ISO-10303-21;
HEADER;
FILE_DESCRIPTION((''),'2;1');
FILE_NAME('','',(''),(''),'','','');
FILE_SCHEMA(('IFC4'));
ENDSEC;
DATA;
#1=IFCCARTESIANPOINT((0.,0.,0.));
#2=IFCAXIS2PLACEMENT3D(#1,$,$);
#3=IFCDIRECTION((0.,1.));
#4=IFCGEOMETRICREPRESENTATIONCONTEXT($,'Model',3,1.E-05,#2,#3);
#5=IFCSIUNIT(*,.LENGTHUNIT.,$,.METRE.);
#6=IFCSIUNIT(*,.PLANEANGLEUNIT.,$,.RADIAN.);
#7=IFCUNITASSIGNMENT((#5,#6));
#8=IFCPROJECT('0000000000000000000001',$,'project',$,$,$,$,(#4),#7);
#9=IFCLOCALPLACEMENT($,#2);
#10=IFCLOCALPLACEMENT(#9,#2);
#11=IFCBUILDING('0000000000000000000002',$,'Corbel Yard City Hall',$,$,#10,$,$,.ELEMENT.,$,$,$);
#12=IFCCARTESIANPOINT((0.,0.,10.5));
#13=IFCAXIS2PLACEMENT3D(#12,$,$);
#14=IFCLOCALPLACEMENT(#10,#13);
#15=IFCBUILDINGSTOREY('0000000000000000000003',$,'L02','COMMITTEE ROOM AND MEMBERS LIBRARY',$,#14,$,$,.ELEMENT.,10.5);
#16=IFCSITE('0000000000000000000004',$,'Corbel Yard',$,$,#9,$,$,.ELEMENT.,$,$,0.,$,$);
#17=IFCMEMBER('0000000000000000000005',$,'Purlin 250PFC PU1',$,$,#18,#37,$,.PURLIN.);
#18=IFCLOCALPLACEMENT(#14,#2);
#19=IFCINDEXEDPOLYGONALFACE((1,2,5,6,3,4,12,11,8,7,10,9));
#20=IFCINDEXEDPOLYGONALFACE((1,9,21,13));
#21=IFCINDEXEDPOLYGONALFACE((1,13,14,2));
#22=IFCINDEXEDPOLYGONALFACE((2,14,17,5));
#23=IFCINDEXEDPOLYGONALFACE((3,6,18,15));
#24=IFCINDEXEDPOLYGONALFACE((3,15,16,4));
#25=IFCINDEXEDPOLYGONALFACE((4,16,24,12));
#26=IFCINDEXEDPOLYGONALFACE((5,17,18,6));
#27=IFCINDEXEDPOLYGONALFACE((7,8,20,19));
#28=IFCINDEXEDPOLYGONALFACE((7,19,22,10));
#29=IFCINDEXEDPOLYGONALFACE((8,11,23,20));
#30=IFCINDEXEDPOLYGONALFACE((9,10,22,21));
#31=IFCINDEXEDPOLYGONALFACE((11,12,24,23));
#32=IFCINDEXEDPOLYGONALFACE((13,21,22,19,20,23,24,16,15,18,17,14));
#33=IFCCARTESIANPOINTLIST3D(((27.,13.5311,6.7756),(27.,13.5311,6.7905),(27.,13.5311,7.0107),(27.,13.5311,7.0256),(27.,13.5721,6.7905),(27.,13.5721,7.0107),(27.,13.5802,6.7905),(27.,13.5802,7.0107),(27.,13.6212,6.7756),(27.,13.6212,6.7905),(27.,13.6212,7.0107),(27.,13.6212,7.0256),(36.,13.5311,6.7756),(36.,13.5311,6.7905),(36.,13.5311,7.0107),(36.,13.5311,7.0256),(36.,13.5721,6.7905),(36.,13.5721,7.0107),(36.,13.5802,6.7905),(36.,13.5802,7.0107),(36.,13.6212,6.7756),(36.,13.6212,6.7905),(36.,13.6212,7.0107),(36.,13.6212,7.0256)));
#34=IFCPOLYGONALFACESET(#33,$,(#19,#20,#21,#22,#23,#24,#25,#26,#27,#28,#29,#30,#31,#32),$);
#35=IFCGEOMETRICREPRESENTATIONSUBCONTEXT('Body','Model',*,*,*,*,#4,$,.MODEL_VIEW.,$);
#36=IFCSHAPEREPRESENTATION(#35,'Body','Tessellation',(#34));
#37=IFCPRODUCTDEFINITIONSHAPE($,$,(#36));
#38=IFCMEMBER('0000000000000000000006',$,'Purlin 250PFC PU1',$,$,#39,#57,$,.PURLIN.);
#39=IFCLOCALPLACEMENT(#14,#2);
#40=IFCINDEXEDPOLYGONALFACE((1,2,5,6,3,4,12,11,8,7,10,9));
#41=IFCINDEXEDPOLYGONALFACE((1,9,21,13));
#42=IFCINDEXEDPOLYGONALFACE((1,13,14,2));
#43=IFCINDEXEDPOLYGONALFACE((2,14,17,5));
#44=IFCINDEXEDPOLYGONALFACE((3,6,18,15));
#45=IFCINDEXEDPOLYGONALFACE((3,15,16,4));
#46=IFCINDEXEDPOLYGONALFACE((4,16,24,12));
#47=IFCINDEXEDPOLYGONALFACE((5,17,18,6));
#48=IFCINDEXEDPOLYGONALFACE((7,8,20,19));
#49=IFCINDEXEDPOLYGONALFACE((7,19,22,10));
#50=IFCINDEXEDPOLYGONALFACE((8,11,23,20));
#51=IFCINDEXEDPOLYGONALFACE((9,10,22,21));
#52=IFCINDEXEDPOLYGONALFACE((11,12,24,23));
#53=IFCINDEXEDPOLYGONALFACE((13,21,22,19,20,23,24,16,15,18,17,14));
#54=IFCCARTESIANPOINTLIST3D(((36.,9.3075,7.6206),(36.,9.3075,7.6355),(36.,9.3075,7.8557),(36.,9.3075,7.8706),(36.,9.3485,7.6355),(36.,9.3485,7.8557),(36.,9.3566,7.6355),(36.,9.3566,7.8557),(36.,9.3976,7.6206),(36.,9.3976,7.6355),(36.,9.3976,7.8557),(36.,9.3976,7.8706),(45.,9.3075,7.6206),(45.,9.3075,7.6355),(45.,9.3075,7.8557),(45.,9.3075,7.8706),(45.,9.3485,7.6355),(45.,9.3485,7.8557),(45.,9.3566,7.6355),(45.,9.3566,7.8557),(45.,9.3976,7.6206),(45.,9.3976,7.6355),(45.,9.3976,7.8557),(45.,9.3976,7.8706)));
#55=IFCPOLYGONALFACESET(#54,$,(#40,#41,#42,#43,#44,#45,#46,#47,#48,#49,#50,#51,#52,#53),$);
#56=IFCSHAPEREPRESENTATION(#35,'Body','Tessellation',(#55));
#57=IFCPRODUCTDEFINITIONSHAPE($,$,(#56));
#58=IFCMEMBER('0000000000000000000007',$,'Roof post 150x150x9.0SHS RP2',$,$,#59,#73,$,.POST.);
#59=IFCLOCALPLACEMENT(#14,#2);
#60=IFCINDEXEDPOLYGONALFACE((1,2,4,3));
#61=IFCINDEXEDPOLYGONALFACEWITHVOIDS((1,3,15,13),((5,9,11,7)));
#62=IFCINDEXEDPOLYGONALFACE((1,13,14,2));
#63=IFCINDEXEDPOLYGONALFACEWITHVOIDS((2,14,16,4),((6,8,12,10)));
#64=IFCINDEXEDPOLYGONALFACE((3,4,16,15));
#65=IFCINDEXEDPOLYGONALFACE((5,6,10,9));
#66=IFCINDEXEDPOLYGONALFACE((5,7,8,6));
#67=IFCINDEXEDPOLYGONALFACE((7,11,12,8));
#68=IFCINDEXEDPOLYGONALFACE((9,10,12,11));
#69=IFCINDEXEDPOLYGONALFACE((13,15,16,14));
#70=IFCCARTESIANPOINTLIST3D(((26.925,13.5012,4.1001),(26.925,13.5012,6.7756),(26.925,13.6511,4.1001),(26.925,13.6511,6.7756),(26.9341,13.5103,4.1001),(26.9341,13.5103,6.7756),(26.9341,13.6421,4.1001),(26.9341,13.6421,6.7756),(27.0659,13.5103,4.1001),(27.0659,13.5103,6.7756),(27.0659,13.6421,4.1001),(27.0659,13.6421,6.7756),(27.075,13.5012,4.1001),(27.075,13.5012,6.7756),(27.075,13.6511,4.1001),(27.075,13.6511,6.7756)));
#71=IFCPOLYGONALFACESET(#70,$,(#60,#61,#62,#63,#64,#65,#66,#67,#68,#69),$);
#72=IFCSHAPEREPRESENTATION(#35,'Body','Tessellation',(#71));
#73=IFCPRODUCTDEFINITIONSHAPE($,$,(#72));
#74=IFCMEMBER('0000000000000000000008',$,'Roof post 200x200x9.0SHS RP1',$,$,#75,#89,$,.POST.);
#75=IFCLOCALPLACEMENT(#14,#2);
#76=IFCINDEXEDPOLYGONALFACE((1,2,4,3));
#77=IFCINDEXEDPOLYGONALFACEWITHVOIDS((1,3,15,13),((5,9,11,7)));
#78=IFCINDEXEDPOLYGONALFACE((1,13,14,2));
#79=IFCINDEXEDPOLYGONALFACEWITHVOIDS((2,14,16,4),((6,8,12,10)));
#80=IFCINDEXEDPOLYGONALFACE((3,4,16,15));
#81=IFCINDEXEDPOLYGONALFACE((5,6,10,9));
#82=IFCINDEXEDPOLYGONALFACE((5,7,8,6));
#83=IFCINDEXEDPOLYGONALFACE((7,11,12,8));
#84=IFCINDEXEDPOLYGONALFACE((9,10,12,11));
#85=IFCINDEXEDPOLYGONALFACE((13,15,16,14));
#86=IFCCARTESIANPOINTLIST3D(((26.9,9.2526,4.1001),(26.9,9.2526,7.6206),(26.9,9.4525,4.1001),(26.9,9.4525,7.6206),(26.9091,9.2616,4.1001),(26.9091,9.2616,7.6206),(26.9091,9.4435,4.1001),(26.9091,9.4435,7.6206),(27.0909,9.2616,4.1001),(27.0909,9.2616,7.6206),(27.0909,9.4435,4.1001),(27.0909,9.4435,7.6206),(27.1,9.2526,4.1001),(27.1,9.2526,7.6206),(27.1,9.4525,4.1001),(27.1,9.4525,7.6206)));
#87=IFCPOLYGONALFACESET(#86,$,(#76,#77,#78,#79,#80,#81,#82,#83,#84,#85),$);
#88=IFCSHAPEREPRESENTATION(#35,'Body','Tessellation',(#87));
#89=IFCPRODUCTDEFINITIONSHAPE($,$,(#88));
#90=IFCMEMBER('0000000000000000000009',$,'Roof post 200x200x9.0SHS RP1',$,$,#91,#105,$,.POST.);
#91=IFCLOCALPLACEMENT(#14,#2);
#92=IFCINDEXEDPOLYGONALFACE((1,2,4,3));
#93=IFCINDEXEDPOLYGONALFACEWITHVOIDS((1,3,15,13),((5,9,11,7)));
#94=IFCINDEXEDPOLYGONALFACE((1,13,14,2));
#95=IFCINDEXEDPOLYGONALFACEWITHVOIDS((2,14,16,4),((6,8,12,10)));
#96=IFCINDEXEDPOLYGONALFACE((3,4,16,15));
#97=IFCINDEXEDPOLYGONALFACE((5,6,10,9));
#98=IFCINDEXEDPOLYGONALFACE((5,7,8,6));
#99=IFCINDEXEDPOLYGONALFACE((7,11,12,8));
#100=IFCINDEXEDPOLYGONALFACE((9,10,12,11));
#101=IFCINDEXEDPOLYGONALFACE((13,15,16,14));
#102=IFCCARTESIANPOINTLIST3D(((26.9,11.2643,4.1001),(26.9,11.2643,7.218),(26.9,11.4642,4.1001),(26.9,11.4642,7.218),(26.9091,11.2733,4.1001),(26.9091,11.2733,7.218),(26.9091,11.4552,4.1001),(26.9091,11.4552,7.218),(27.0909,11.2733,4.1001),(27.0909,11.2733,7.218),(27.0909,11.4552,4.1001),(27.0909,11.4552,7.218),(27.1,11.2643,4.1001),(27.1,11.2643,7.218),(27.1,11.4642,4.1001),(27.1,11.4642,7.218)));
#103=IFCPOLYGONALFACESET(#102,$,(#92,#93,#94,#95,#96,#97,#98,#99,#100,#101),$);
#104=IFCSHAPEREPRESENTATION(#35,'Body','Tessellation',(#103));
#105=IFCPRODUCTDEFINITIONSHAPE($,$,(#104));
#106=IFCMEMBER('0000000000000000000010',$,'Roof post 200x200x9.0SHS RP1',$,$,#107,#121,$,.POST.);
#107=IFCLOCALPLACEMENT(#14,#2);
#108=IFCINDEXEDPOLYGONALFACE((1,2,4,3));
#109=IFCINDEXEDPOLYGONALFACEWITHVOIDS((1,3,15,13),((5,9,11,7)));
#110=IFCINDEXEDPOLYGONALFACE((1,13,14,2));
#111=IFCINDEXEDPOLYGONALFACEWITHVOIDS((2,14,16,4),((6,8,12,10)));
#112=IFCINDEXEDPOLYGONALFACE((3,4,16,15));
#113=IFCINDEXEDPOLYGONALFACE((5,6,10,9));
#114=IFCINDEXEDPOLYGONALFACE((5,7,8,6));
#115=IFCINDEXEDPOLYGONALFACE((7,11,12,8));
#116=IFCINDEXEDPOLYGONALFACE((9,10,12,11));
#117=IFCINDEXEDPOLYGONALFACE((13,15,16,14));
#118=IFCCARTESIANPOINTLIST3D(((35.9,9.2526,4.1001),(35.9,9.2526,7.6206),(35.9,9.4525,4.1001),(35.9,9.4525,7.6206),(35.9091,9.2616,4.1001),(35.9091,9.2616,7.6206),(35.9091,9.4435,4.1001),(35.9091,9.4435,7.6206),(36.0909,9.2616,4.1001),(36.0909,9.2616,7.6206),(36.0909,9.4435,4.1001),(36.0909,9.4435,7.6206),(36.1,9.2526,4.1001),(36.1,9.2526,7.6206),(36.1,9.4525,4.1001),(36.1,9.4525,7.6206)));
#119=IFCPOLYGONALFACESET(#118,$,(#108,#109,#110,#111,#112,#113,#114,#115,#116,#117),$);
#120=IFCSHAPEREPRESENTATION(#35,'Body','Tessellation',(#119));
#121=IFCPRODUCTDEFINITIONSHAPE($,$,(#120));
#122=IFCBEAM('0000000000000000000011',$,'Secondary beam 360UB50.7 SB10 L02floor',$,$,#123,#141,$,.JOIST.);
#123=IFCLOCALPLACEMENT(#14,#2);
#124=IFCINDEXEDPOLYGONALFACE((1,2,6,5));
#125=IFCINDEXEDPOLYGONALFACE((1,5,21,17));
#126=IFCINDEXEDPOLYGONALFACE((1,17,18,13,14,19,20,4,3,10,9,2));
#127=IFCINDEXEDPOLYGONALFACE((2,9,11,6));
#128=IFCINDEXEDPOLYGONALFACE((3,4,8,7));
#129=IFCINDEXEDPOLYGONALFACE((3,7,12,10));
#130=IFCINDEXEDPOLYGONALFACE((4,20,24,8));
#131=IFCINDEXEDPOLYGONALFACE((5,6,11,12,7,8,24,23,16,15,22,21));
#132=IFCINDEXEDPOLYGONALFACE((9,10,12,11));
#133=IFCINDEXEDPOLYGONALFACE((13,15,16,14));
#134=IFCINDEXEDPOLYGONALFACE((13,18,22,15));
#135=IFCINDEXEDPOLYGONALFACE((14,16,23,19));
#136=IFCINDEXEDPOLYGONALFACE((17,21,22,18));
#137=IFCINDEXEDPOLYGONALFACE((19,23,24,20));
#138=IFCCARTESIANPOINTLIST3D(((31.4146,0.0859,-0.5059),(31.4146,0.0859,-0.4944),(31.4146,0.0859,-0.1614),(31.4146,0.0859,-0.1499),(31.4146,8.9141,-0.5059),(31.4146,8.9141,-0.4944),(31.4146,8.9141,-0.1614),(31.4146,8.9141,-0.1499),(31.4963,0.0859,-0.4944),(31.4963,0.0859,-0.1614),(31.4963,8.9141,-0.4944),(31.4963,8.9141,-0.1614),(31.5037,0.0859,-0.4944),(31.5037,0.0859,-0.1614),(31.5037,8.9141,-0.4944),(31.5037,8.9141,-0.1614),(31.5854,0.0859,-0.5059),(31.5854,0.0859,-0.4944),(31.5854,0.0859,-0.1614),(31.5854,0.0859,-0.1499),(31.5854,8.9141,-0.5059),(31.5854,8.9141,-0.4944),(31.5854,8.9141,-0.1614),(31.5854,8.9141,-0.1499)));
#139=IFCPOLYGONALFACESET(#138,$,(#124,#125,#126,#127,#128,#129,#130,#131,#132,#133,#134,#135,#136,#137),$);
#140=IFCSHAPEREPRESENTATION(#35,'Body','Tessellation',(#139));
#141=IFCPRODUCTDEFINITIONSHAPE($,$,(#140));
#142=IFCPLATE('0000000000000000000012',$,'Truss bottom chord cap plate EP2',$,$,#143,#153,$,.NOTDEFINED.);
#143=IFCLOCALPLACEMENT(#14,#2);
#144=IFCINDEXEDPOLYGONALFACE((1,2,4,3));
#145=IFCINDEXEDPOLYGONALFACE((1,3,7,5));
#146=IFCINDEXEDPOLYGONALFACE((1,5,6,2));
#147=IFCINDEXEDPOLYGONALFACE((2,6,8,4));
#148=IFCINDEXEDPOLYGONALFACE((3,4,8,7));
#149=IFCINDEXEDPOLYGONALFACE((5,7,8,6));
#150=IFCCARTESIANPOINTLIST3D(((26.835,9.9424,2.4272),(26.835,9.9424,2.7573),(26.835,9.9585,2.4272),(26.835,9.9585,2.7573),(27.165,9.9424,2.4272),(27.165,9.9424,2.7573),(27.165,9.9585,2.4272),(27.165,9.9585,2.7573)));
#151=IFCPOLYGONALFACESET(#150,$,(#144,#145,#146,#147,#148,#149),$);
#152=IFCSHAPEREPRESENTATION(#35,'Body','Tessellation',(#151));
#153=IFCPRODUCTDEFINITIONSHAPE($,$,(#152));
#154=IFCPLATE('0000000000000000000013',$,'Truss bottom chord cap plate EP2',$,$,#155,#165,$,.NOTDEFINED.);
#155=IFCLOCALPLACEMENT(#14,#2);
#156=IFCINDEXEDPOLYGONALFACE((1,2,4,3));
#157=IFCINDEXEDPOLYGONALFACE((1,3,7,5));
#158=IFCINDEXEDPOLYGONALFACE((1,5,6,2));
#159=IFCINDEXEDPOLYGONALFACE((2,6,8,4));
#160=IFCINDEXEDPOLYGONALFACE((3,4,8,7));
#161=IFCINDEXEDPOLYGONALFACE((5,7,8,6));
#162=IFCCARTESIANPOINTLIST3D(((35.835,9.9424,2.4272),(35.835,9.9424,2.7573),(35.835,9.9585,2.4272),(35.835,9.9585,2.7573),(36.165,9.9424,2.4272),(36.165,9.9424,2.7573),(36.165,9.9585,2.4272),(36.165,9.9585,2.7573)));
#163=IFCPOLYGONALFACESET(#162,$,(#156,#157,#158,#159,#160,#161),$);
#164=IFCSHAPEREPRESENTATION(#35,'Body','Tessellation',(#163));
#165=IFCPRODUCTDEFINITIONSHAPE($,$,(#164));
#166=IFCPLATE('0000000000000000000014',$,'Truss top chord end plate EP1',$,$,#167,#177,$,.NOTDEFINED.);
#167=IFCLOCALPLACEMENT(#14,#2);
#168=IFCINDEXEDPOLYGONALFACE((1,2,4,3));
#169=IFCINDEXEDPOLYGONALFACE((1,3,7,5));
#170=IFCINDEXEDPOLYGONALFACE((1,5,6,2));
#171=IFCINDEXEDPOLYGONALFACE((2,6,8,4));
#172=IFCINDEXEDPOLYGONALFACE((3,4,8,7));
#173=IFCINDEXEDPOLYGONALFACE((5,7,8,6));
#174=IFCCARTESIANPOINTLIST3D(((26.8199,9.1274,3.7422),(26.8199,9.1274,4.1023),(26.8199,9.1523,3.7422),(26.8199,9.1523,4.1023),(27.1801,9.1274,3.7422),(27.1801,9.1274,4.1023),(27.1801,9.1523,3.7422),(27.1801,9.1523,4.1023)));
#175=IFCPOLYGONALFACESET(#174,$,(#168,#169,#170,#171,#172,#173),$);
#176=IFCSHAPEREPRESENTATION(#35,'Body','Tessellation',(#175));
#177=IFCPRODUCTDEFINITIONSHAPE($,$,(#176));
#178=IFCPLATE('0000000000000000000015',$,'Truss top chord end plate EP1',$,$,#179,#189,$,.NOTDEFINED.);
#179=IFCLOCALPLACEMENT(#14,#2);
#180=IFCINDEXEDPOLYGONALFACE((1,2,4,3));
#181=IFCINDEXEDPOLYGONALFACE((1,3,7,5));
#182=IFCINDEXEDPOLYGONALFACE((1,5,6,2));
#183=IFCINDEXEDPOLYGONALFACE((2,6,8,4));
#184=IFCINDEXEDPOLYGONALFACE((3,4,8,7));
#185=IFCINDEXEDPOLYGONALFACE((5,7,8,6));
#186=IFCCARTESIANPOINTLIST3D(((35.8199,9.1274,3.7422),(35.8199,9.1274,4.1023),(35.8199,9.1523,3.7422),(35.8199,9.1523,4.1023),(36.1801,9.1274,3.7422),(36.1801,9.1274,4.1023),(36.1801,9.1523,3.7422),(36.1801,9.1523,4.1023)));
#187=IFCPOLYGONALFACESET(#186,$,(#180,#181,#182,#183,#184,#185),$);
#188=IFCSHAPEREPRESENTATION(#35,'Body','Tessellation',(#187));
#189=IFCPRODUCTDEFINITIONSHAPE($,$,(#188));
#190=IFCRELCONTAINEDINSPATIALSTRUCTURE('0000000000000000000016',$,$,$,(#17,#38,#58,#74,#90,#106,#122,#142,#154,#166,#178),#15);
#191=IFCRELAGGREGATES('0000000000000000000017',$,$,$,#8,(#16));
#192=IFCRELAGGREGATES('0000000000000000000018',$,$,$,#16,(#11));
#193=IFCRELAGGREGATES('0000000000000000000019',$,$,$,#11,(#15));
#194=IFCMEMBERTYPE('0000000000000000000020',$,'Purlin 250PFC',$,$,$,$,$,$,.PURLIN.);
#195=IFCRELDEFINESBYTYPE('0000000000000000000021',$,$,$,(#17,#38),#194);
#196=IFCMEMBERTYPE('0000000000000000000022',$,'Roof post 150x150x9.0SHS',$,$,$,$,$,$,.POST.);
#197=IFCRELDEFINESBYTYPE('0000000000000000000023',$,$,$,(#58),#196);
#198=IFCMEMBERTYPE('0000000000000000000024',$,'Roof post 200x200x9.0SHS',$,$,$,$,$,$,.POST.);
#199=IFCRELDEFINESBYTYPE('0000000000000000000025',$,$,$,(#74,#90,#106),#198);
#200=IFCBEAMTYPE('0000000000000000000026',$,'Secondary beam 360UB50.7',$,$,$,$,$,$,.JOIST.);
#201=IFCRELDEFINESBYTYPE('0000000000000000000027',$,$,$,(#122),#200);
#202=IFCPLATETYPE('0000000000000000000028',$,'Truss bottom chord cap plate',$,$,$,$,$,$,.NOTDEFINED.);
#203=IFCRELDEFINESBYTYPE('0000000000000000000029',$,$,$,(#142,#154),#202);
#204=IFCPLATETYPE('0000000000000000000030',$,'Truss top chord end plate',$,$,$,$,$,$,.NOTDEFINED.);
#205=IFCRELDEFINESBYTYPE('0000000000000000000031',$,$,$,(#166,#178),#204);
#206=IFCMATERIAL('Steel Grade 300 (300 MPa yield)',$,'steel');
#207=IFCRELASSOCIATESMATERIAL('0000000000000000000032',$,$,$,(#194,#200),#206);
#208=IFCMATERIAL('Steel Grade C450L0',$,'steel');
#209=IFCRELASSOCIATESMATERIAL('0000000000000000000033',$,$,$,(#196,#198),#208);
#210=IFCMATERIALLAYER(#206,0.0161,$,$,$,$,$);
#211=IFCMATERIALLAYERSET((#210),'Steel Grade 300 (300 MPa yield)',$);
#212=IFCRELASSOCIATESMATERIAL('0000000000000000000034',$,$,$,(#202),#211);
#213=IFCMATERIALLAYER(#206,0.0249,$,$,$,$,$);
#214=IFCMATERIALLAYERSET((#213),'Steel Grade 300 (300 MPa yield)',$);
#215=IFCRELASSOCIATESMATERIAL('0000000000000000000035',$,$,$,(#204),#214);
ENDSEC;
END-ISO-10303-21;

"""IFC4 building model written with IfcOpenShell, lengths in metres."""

from ifc_helpers import new_model, si_unit, direction, frame, origin, origin_2d, place, context, subcontext, project, spatial, rectangle, hollow_rectangle, i_section, extrude, material, layer, layer_set, material_profile, profile_set, type_object, element, save


model = new_model("IFC4")

# Units and contexts
model_context = context("Model", 3, precision=1e-05, world=origin(), true_north=direction((0.0, 1.0)))
body_context = subcontext(model_context, "Body", "Model", "MODEL_VIEW")
ifc_project = project(units=[si_unit("LENGTHUNIT", "METRE"), si_unit("PLANEANGLEUNIT", "RADIAN")], contexts=[model_context])

# Site, building, storey
site_placement = place(None, origin())
site = spatial("IfcSite", under=ifc_project, at=site_placement, Name="Corbel Yard", CompositionType="ELEMENT", RefElevation=0.0)
building_placement = place(site_placement, origin())
building = spatial("IfcBuilding", under=site, at=building_placement, Name="Corbel Yard City Hall", CompositionType="ELEMENT")
storey_placement = place(building_placement, frame((0.0, 0.0, 10.5)))
storey = spatial("IfcBuildingStorey", under=building, at=storey_placement, Name="L02", Description="COMMITTEE ROOM AND MEMBERS LIBRARY", CompositionType="ELEMENT", Elevation=10.5)

# Shared definitions
ifc_material_1 = material(Name="Steel Grade 300 (300 MPa yield)", Category="steel")

# Members
ifc_material_profile_1 = material_profile(ifc_material_1, i_section(OverallWidth=0.0901, OverallDepth=0.25, WebThickness=0.0081, FlangeThickness=0.0149, at=origin_2d()), Name="250PFC")
ifc_profile_set_1 = profile_set([ifc_material_profile_1], Name="Steel Grade 300 (300 MPa yield)")
member_type_1 = type_object("IfcMemberType", Name="Purlin 250PFC", PredefinedType="PURLIN", material=ifc_profile_set_1)
for number, where, z_axis, x_axis, name in (
    (1, (27.0, 13.5762, 6.9006), (1.0, 0.0, 0.0), (0.0, 1.0, 0.0), "Purlin 250PFC PU1"),
    (2, (36.0, 9.3525, 7.7456), (1.0, 0.0, 0.0), (0.0, 1.0, 0.0), "Purlin 250PFC PU1"),
):
    element("IfcMember", number, at=place(storey_placement, frame(where, z_axis=z_axis, x_axis=x_axis)), inside=storey, type_object=member_type_1, Name=name, PredefinedType="PURLIN", context=body_context, shape_type="SweptSolid", body=[
        extrude(i_section(OverallWidth=0.0901, OverallDepth=0.25, WebThickness=0.0081, FlangeThickness=0.0149, at=origin_2d()), origin(), (0.0, 0.0, 1.0), 9.0),
    ])
ifc_material_2 = material(Name="Steel Grade C450L0", Category="steel")
ifc_material_profile_2 = material_profile(ifc_material_2, hollow_rectangle(XDim=0.1499, YDim=0.1499, WallThickness=0.009, at=origin_2d()), Name="150x150x9.0SHS")
ifc_profile_set_2 = profile_set([ifc_material_profile_2], Name="Steel Grade C450L0")
member_type_2 = type_object("IfcMemberType", Name="Roof post 150x150x9.0SHS", PredefinedType="POST", material=ifc_profile_set_2)
member_1_placement = place(storey_placement, frame((27.0, 13.5762, 4.1001), z_axis=(0.0, 0.0, 1.0), x_axis=(1.0, 0.0, 0.0)))
element("IfcMember", 3, at=member_1_placement, inside=storey, type_object=member_type_2, Name="Roof post 150x150x9.0SHS RP2", PredefinedType="POST", context=body_context, shape_type="SweptSolid", body=[
    extrude(hollow_rectangle(XDim=0.1499, YDim=0.1499, WallThickness=0.009, at=origin_2d()), origin(), (0.0, 0.0, 1.0), 2.6755),
])
ifc_material_profile_3 = material_profile(ifc_material_2, hollow_rectangle(XDim=0.2, YDim=0.2, WallThickness=0.009, at=origin_2d()), Name="200x200x9.0SHS")
ifc_profile_set_3 = profile_set([ifc_material_profile_3], Name="Steel Grade C450L0")
member_type_3 = type_object("IfcMemberType", Name="Roof post 200x200x9.0SHS", PredefinedType="POST", material=ifc_profile_set_3)
member_2_placement = place(storey_placement, frame((27.0, 9.3525, 4.1001), z_axis=(0.0, 0.0, 1.0), x_axis=(1.0, 0.0, 0.0)))
element("IfcMember", 4, at=member_2_placement, inside=storey, type_object=member_type_3, Name="Roof post 200x200x9.0SHS RP1", PredefinedType="POST", context=body_context, shape_type="SweptSolid", body=[
    extrude(hollow_rectangle(XDim=0.2, YDim=0.2, WallThickness=0.009, at=origin_2d()), origin(), (0.0, 0.0, 1.0), 3.5205),
])
member_3_placement = place(storey_placement, frame((27.0, 11.3643, 4.1001), z_axis=(0.0, 0.0, 1.0), x_axis=(1.0, 0.0, 0.0)))
element("IfcMember", 5, at=member_3_placement, inside=storey, type_object=member_type_3, Name="Roof post 200x200x9.0SHS RP1", PredefinedType="POST", context=body_context, shape_type="SweptSolid", body=[
    extrude(hollow_rectangle(XDim=0.2, YDim=0.2, WallThickness=0.009, at=origin_2d()), origin(), (0.0, 0.0, 1.0), 3.1179),
])
member_4_placement = place(storey_placement, frame((36.0, 9.3525, 4.1001), z_axis=(0.0, 0.0, 1.0), x_axis=(1.0, 0.0, 0.0)))
element("IfcMember", 6, at=member_4_placement, inside=storey, type_object=member_type_3, Name="Roof post 200x200x9.0SHS RP1", PredefinedType="POST", context=body_context, shape_type="SweptSolid", body=[
    extrude(hollow_rectangle(XDim=0.2, YDim=0.2, WallThickness=0.009, at=origin_2d()), origin(), (0.0, 0.0, 1.0), 3.5205),
])

# Beam
ifc_material_profile_4 = material_profile(ifc_material_1, i_section(OverallWidth=0.1709, OverallDepth=0.356, WebThickness=0.0073, FlangeThickness=0.0115, at=origin_2d()), Name="360UB50.7")
ifc_profile_set_4 = profile_set([ifc_material_profile_4], Name="Steel Grade 300 (300 MPa yield)")
beam_type_1 = type_object("IfcBeamType", Name="Secondary beam 360UB50.7", PredefinedType="JOIST", material=ifc_profile_set_4)
beam_1_placement = place(storey_placement, frame((31.5, 0.0859, -0.3279), z_axis=(0.0, 1.0, 0.0), x_axis=(-1.0, 0.0, 0.0)))
element("IfcBeam", 7, at=beam_1_placement, inside=storey, type_object=beam_type_1, Name="Secondary beam 360UB50.7 SB10 L02floor", PredefinedType="JOIST", context=body_context, shape_type="SweptSolid", body=[
    extrude(i_section(OverallWidth=0.1709, OverallDepth=0.356, WebThickness=0.0073, FlangeThickness=0.0115, at=origin_2d()), origin(), (0.0, 0.0, 1.0), 8.8281),
])

# Plates
ifc_layer_1 = layer(ifc_material_1, 0.0161)
ifc_layer_set_1 = layer_set([ifc_layer_1], Name="Steel Grade 300 (300 MPa yield)")
plate_type_1 = type_object("IfcPlateType", Name="Truss bottom chord cap plate", PredefinedType="NOTDEFINED", material=ifc_layer_set_1)
for number, where, z_axis, x_axis, name in (
    (8, (27.0, 9.9504, 2.4272), (0.0, 0.0, 1.0), (1.0, 0.0, 0.0), "Truss bottom chord cap plate EP2"),
    (9, (36.0, 9.9504, 2.4272), (0.0, 0.0, 1.0), (1.0, 0.0, 0.0), "Truss bottom chord cap plate EP2"),
):
    element("IfcPlate", number, at=place(storey_placement, frame(where, z_axis=z_axis, x_axis=x_axis)), inside=storey, type_object=plate_type_1, Name=name, PredefinedType="NOTDEFINED", context=body_context, shape_type="SweptSolid", body=[
        extrude(rectangle(XDim=0.3301, YDim=0.0161, at=origin_2d()), origin(), (0.0, 0.0, 1.0), 0.3301),
    ])
ifc_layer_2 = layer(ifc_material_1, 0.0249)
ifc_layer_set_2 = layer_set([ifc_layer_2], Name="Steel Grade 300 (300 MPa yield)")
plate_type_2 = type_object("IfcPlateType", Name="Truss top chord end plate", PredefinedType="NOTDEFINED", material=ifc_layer_set_2)
for number, where, z_axis, x_axis, name in (
    (10, (27.0, 9.1399, 3.7422), (0.0, 0.0, 1.0), (1.0, 0.0, 0.0), "Truss top chord end plate EP1"),
    (11, (36.0, 9.1399, 3.7422), (0.0, 0.0, 1.0), (1.0, 0.0, 0.0), "Truss top chord end plate EP1"),
):
    element("IfcPlate", number, at=place(storey_placement, frame(where, z_axis=z_axis, x_axis=x_axis)), inside=storey, type_object=plate_type_2, Name=name, PredefinedType="NOTDEFINED", context=body_context, shape_type="SweptSolid", body=[
        extrude(rectangle(XDim=0.3601, YDim=0.0249, at=origin_2d()), origin(), (0.0, 0.0, 1.0), 0.3601),
    ])

save(model, "model.ifc")
